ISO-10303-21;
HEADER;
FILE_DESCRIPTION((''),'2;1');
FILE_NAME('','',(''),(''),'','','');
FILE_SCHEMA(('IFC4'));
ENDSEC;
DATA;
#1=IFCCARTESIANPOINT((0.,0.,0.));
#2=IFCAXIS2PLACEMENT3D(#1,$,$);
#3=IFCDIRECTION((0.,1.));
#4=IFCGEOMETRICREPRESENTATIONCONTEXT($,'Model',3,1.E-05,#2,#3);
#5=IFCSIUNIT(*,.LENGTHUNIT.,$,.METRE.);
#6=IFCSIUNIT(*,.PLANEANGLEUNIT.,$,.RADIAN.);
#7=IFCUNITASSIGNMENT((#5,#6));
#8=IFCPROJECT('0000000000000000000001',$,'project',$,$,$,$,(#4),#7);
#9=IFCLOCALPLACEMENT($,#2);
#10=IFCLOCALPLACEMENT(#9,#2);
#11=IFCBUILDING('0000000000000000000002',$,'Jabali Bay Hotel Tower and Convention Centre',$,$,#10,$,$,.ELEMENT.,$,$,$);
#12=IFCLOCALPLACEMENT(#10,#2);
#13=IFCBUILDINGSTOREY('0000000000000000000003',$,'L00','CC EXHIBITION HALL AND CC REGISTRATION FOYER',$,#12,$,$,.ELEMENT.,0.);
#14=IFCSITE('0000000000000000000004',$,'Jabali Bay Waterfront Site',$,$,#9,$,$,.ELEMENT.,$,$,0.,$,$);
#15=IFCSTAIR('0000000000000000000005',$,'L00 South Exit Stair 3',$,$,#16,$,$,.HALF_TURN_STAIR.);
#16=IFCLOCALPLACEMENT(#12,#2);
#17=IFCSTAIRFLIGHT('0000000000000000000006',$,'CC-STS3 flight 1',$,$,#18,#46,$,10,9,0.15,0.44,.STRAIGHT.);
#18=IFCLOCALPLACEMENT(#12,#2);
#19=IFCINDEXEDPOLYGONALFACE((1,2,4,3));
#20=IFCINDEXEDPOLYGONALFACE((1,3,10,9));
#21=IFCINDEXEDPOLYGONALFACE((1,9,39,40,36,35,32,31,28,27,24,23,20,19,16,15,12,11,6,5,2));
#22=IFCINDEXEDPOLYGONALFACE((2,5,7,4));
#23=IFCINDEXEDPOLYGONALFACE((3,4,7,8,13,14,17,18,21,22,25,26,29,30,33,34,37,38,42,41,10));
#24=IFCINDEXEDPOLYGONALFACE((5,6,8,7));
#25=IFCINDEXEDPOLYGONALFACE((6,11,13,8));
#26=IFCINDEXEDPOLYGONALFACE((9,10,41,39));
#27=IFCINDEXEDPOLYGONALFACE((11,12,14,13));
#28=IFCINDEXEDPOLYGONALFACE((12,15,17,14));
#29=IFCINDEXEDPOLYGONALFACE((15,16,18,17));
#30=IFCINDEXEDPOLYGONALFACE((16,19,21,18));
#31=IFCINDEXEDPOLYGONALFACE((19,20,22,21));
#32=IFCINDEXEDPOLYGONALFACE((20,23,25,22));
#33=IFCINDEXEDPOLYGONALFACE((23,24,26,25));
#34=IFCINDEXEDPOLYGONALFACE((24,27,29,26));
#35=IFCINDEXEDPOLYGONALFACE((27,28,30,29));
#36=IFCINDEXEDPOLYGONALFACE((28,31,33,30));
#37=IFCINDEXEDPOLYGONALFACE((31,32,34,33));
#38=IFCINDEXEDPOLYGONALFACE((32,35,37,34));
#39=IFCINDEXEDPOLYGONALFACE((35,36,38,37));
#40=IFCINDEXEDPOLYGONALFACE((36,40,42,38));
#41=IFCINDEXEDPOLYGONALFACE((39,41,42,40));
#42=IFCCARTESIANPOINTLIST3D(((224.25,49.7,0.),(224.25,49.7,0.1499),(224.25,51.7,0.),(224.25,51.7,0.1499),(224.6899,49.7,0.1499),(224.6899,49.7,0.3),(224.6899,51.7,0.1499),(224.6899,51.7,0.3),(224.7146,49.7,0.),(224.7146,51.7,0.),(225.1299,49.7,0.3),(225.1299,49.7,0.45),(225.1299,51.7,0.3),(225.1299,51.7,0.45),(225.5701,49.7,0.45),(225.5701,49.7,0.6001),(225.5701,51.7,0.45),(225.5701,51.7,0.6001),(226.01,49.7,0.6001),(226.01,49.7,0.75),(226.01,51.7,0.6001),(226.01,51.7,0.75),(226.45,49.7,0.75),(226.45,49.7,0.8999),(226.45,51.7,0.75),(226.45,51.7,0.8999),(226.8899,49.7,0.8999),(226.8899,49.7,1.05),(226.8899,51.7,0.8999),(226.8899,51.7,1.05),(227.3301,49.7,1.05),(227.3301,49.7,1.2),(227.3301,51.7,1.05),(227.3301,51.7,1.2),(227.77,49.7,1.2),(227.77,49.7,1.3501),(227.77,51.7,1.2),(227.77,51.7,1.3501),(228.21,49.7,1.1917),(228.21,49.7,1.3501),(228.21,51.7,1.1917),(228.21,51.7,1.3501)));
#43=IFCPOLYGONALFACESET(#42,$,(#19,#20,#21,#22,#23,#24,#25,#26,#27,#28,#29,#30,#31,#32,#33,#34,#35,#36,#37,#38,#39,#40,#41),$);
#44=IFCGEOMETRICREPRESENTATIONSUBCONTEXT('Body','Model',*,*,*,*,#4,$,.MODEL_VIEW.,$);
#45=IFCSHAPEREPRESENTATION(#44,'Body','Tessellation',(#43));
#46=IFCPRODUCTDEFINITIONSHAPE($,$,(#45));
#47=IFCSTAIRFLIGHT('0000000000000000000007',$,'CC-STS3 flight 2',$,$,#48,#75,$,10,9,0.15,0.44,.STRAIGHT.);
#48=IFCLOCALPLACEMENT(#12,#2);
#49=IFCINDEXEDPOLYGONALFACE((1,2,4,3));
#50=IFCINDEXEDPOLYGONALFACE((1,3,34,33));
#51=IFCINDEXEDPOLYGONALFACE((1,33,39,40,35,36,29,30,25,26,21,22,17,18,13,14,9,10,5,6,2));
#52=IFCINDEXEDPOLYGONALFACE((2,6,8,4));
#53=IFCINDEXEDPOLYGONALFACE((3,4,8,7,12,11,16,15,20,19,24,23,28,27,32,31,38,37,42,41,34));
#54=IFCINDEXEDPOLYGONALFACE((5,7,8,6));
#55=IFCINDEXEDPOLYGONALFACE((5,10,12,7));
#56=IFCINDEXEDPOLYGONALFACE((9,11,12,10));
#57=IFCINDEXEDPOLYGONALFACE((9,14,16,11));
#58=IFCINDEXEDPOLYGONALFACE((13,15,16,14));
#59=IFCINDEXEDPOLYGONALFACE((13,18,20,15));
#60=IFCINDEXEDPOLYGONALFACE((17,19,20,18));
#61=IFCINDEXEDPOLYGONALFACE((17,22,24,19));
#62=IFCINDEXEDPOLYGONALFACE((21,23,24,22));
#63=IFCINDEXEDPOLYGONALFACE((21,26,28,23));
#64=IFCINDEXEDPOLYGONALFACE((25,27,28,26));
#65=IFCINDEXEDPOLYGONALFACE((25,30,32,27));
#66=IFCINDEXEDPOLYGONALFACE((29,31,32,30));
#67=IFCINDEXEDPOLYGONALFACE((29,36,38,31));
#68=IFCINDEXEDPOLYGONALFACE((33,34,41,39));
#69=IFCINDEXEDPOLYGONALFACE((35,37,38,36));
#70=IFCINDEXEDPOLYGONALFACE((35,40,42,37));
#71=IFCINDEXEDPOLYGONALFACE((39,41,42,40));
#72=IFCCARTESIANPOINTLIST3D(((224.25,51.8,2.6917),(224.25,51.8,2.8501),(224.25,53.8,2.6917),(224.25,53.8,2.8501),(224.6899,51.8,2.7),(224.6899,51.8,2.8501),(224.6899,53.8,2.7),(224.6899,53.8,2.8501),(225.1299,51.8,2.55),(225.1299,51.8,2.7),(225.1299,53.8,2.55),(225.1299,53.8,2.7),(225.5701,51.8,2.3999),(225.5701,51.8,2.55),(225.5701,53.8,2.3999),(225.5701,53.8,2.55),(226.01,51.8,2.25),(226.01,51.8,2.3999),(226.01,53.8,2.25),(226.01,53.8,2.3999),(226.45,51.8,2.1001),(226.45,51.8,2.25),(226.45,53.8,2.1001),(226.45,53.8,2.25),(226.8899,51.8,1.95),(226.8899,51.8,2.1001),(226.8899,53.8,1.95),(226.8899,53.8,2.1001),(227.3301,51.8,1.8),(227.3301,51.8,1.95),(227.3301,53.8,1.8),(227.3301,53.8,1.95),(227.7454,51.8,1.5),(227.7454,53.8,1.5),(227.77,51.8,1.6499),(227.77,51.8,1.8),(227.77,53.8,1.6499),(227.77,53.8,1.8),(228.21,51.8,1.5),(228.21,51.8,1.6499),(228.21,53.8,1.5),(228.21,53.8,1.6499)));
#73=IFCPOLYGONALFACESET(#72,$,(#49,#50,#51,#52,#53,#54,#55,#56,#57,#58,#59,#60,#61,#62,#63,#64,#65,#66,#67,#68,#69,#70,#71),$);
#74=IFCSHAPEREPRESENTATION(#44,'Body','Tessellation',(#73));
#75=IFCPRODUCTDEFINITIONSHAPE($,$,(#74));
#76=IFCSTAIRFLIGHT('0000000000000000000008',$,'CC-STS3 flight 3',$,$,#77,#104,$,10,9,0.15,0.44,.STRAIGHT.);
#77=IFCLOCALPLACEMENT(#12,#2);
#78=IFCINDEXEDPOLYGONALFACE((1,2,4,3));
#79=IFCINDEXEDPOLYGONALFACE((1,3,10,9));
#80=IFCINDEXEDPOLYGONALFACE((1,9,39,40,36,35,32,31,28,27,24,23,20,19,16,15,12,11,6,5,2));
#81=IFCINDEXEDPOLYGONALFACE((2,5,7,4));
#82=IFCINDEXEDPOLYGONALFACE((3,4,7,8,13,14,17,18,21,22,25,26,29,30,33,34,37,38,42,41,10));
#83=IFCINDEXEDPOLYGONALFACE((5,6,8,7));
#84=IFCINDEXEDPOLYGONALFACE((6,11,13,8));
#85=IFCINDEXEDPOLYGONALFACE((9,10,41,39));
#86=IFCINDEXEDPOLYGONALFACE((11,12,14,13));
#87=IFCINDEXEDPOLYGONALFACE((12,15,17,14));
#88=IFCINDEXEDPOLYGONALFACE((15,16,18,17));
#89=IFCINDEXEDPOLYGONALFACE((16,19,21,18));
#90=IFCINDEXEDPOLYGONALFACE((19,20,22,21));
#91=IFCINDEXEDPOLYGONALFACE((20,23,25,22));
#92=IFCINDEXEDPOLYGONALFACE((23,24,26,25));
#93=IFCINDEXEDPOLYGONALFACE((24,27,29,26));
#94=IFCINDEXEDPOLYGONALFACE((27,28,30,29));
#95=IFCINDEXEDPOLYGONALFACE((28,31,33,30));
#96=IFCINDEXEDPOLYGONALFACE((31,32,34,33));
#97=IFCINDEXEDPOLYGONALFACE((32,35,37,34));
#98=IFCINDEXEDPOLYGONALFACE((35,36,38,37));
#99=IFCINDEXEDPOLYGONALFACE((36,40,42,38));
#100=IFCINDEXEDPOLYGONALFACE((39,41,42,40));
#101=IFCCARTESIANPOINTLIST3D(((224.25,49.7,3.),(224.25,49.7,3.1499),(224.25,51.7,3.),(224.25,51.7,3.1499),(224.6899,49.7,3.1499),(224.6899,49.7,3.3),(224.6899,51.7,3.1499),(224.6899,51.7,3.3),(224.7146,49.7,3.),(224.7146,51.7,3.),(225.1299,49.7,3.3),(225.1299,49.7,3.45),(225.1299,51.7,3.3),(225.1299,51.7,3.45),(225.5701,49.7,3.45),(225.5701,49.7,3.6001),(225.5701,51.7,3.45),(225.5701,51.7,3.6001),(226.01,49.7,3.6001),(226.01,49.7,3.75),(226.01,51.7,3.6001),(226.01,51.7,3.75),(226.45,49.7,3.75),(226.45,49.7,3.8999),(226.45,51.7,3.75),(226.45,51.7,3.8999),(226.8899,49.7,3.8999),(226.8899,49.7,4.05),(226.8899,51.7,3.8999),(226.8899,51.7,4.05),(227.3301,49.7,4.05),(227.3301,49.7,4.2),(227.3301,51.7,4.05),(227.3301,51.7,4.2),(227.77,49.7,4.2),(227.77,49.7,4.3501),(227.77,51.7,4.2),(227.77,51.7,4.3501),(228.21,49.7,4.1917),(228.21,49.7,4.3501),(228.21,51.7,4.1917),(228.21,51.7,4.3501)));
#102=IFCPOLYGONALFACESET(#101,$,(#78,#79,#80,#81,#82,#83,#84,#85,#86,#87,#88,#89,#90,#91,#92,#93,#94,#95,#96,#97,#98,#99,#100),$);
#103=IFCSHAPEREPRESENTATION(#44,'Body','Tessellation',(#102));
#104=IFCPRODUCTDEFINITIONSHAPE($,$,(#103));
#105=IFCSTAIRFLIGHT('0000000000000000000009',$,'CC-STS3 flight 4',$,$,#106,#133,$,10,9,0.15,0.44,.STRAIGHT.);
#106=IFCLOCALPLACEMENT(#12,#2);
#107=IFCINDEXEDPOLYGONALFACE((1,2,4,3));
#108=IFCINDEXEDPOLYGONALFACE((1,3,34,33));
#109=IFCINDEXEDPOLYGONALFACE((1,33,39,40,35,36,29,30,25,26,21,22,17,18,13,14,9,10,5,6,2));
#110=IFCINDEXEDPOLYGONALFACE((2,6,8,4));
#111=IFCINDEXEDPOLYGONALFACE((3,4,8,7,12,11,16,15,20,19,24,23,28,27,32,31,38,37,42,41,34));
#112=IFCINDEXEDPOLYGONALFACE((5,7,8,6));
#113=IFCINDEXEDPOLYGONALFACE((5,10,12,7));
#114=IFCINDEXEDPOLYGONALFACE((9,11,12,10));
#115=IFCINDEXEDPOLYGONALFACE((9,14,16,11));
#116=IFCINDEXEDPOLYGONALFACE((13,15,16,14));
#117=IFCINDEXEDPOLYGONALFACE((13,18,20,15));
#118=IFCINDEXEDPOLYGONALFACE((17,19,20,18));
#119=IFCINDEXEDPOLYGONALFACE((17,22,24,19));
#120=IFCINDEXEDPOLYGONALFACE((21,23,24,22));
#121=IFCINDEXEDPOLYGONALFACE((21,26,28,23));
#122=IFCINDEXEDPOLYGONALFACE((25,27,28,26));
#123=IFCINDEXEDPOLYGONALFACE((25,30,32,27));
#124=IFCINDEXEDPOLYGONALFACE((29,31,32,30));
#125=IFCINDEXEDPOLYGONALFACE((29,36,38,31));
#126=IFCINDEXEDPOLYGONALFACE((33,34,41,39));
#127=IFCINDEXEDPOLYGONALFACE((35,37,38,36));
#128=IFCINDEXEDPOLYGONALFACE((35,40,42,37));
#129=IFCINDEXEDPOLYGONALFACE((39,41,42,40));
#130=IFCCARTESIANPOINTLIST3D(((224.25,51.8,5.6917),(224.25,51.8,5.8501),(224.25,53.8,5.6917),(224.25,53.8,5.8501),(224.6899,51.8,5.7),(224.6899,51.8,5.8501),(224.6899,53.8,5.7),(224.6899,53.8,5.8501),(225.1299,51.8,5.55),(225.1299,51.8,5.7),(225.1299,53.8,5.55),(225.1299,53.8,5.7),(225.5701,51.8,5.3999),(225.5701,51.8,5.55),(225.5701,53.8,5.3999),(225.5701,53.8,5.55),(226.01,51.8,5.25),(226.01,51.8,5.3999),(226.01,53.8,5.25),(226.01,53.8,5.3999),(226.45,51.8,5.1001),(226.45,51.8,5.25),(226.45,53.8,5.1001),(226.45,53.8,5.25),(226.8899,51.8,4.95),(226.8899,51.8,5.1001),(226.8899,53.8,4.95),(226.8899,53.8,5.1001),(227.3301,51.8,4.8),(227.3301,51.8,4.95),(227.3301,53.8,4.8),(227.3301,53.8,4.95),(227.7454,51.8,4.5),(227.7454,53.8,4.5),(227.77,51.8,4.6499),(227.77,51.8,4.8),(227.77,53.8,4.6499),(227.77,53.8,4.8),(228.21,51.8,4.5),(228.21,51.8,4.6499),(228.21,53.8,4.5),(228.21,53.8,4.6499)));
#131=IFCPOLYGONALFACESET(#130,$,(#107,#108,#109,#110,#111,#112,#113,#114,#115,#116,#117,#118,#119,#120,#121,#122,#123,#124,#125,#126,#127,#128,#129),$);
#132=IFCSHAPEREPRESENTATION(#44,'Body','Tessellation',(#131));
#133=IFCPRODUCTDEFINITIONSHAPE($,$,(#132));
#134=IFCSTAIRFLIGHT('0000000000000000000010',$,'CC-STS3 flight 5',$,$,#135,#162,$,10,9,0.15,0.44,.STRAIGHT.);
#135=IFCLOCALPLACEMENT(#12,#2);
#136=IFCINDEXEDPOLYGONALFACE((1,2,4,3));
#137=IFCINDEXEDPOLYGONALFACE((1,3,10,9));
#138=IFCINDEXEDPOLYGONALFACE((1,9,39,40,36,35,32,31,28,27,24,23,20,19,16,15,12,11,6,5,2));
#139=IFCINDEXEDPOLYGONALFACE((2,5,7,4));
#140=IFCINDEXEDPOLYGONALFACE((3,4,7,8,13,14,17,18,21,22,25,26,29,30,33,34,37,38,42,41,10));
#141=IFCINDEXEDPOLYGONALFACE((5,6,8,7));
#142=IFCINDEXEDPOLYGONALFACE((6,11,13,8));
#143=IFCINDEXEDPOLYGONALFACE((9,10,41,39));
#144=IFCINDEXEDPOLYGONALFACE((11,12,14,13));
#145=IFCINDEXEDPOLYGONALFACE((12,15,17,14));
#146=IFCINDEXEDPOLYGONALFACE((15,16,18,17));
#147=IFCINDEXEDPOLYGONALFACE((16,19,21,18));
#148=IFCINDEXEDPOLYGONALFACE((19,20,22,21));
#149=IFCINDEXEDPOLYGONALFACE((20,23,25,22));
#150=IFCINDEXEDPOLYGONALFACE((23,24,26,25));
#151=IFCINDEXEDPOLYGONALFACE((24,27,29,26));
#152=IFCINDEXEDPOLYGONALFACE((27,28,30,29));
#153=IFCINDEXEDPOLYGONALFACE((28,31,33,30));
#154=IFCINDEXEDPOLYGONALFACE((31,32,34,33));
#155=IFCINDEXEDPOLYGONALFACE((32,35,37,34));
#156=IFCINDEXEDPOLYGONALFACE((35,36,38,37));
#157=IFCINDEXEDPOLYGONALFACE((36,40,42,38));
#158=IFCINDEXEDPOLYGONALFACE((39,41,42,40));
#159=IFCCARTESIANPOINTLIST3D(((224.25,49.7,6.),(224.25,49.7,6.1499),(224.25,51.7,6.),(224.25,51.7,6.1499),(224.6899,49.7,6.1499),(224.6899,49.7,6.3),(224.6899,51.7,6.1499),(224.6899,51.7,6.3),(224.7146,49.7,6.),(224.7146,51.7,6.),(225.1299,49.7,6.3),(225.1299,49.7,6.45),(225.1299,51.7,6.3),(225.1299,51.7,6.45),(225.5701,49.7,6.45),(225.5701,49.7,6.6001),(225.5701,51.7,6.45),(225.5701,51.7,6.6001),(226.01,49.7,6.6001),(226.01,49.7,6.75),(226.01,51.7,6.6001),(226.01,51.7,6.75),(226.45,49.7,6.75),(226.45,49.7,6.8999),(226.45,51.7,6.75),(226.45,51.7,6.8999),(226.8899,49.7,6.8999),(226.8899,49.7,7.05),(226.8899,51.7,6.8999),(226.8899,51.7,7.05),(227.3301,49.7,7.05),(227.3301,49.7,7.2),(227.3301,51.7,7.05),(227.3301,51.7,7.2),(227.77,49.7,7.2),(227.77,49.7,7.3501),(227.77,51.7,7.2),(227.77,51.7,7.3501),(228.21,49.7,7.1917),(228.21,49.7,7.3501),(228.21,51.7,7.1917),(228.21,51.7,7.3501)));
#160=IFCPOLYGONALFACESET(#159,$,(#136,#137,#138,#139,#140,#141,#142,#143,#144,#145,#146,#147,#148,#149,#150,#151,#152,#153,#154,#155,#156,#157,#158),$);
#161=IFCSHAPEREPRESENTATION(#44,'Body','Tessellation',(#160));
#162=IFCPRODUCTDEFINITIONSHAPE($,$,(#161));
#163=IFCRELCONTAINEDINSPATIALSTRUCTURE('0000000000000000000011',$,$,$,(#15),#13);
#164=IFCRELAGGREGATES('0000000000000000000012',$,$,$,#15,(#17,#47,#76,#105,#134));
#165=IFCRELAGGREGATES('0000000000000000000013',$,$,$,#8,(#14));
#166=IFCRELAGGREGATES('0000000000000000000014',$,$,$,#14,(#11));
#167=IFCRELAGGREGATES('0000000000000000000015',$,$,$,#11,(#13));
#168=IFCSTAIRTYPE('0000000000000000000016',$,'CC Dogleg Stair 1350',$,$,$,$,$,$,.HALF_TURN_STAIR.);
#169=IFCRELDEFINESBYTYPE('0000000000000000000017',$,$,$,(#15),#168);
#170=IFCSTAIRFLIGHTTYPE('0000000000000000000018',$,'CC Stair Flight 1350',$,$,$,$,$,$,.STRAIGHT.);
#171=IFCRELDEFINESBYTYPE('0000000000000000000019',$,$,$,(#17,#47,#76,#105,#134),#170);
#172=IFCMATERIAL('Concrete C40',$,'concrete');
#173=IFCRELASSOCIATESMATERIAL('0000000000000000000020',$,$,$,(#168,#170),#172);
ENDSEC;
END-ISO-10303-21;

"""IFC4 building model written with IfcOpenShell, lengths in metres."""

from ifc_helpers import new_model, si_unit, direction, frame, origin, place, context, subcontext, project, spatial, polyline, outline, extrude, material, type_object, element, aggregate, save


model = new_model("IFC4")

# Units and contexts
model_context = context("Model", 3, precision=1e-05, world=origin(), true_north=direction((0.0, 1.0)))
body_context = subcontext(model_context, "Body", "Model", "MODEL_VIEW")
ifc_project = project(units=[si_unit("LENGTHUNIT", "METRE"), si_unit("PLANEANGLEUNIT", "RADIAN")], contexts=[model_context])

# Site, building, storey
site_placement = place(None, origin())
site = spatial("IfcSite", under=ifc_project, at=site_placement, Name="Jabali Bay Waterfront Site", CompositionType="ELEMENT", RefElevation=0.0)
building_placement = place(site_placement, origin())
building = spatial("IfcBuilding", under=site, at=building_placement, Name="Jabali Bay Hotel Tower and Convention Centre", CompositionType="ELEMENT")
storey_placement = place(building_placement, origin())
storey = spatial("IfcBuildingStorey", under=building, at=storey_placement, Name="L00", Description="CC EXHIBITION HALL AND CC REGISTRATION FOYER", CompositionType="ELEMENT", Elevation=0.0)

# Stair, stair flights
ifc_material_1 = material(Name="Concrete C40", Category="concrete")
stair_type = type_object("IfcStairType", Name="CC Dogleg Stair 1350", PredefinedType="HALF_TURN_STAIR", material=ifc_material_1)
stair_placement = place(storey_placement, origin())
stair = element("IfcStair", 1, at=stair_placement, inside=storey, type_object=stair_type, Name="L00 South Exit Stair 3", PredefinedType="HALF_TURN_STAIR")
stair_flight_type = type_object("IfcStairFlightType", Name="CC Stair Flight 1350", PredefinedType="STRAIGHT", material=ifc_material_1)
stair_flight_1_placement = place(storey_placement, frame((224.25, 50.7, 0.0), z_axis=(0.0, 0.0, 1.0), x_axis=(1.0, 0.0, 0.0)))
stair_flight_1 = element("IfcStairFlight", 2, at=stair_flight_1_placement, type_object=stair_flight_type, Name="CC-STS3 flight 1", NumberOfRisers=10, NumberOfTreads=9, PredefinedType="STRAIGHT", RiserHeight=0.15, TreadLength=0.44, context=body_context, shape_type="SweptSolid", body=[
    extrude(outline(polyline([(0.0, 0.0), (0.0, 0.1499), (0.4399, 0.1499), (0.4399, 0.3), (0.8799, 0.3), (0.8799, 0.45), (1.3201, 0.45), (1.3201, 0.6001), (1.76, 0.6001), (1.76, 0.75), (2.2, 0.75), (2.2, 0.8999), (2.6399, 0.8999), (2.6399, 1.05), (3.0801, 1.05), (3.0801, 1.2), (3.52, 1.2), (3.52, 1.3501), (3.96, 1.3501), (3.96, 1.5), (3.96, 1.1917), (0.4646, 0.0), (0.0, 0.0)])), frame((0.0, 1.0, 0.0), z_axis=(0.0, -1.0, 0.0), x_axis=(1.0, 0.0, 0.0)), (0.0, 0.0, 1.0), 2.0),
])
stair_flight_2_placement = place(storey_placement, frame((228.21, 52.8, 1.5), z_axis=(0.0, 0.0, 1.0), x_axis=(-1.0, 0.0, 0.0)))
stair_flight_2 = element("IfcStairFlight", 3, at=stair_flight_2_placement, type_object=stair_flight_type, Name="CC-STS3 flight 2", NumberOfRisers=10, NumberOfTreads=9, PredefinedType="STRAIGHT", RiserHeight=0.15, TreadLength=0.44, context=body_context, shape_type="SweptSolid", body=[
    extrude(outline(polyline([(0.0, 0.0), (0.0, 0.1499), (0.4399, 0.1499), (0.4399, 0.3), (0.8799, 0.3), (0.8799, 0.45), (1.3201, 0.45), (1.3201, 0.6001), (1.76, 0.6001), (1.76, 0.75), (2.2, 0.75), (2.2, 0.8999), (2.6399, 0.8999), (2.6399, 1.05), (3.0801, 1.05), (3.0801, 1.2), (3.52, 1.2), (3.52, 1.3501), (3.96, 1.3501), (3.96, 1.5), (3.96, 1.1917), (0.4646, 0.0), (0.0, 0.0)])), frame((0.0, 1.0, 0.0), z_axis=(0.0, -1.0, 0.0), x_axis=(1.0, 0.0, 0.0)), (0.0, 0.0, 1.0), 2.0),
])
stair_flight_3_placement = place(storey_placement, frame((224.25, 50.7, 3.0), z_axis=(0.0, 0.0, 1.0), x_axis=(1.0, 0.0, 0.0)))
stair_flight_3 = element("IfcStairFlight", 4, at=stair_flight_3_placement, type_object=stair_flight_type, Name="CC-STS3 flight 3", NumberOfRisers=10, NumberOfTreads=9, PredefinedType="STRAIGHT", RiserHeight=0.15, TreadLength=0.44, context=body_context, shape_type="SweptSolid", body=[
    extrude(outline(polyline([(0.0, 0.0), (0.0, 0.1499), (0.4399, 0.1499), (0.4399, 0.3), (0.8799, 0.3), (0.8799, 0.45), (1.3201, 0.45), (1.3201, 0.6001), (1.76, 0.6001), (1.76, 0.75), (2.2, 0.75), (2.2, 0.8999), (2.6399, 0.8999), (2.6399, 1.05), (3.0801, 1.05), (3.0801, 1.2), (3.52, 1.2), (3.52, 1.3501), (3.96, 1.3501), (3.96, 1.5), (3.96, 1.1917), (0.4646, 0.0), (0.0, 0.0)])), frame((0.0, 1.0, 0.0), z_axis=(0.0, -1.0, 0.0), x_axis=(1.0, 0.0, 0.0)), (0.0, 0.0, 1.0), 2.0),
])
stair_flight_4_placement = place(storey_placement, frame((228.21, 52.8, 4.5), z_axis=(0.0, 0.0, 1.0), x_axis=(-1.0, 0.0, 0.0)))
stair_flight_4 = element("IfcStairFlight", 5, at=stair_flight_4_placement, type_object=stair_flight_type, Name="CC-STS3 flight 4", NumberOfRisers=10, NumberOfTreads=9, PredefinedType="STRAIGHT", RiserHeight=0.15, TreadLength=0.44, context=body_context, shape_type="SweptSolid", body=[
    extrude(outline(polyline([(0.0, 0.0), (0.0, 0.1499), (0.4399, 0.1499), (0.4399, 0.3), (0.8799, 0.3), (0.8799, 0.45), (1.3201, 0.45), (1.3201, 0.6001), (1.76, 0.6001), (1.76, 0.75), (2.2, 0.75), (2.2, 0.8999), (2.6399, 0.8999), (2.6399, 1.05), (3.0801, 1.05), (3.0801, 1.2), (3.52, 1.2), (3.52, 1.3501), (3.96, 1.3501), (3.96, 1.5), (3.96, 1.1917), (0.4646, 0.0), (0.0, 0.0)])), frame((0.0, 1.0, 0.0), z_axis=(0.0, -1.0, 0.0), x_axis=(1.0, 0.0, 0.0)), (0.0, 0.0, 1.0), 2.0),
])
stair_flight_5_placement = place(storey_placement, frame((224.25, 50.7, 6.0), z_axis=(0.0, 0.0, 1.0), x_axis=(1.0, 0.0, 0.0)))
stair_flight_5 = element("IfcStairFlight", 6, at=stair_flight_5_placement, type_object=stair_flight_type, Name="CC-STS3 flight 5", NumberOfRisers=10, NumberOfTreads=9, PredefinedType="STRAIGHT", RiserHeight=0.15, TreadLength=0.44, context=body_context, shape_type="SweptSolid", body=[
    extrude(outline(polyline([(0.0, 0.0), (0.0, 0.1499), (0.4399, 0.1499), (0.4399, 0.3), (0.8799, 0.3), (0.8799, 0.45), (1.3201, 0.45), (1.3201, 0.6001), (1.76, 0.6001), (1.76, 0.75), (2.2, 0.75), (2.2, 0.8999), (2.6399, 0.8999), (2.6399, 1.05), (3.0801, 1.05), (3.0801, 1.2), (3.52, 1.2), (3.52, 1.3501), (3.96, 1.3501), (3.96, 1.5), (3.96, 1.1917), (0.4646, 0.0), (0.0, 0.0)])), frame((0.0, 1.0, 0.0), z_axis=(0.0, -1.0, 0.0), x_axis=(1.0, 0.0, 0.0)), (0.0, 0.0, 1.0), 2.0),
])
aggregate(stair, [stair_flight_1, stair_flight_2, stair_flight_3, stair_flight_4, stair_flight_5])

save(model, "model.ifc")
